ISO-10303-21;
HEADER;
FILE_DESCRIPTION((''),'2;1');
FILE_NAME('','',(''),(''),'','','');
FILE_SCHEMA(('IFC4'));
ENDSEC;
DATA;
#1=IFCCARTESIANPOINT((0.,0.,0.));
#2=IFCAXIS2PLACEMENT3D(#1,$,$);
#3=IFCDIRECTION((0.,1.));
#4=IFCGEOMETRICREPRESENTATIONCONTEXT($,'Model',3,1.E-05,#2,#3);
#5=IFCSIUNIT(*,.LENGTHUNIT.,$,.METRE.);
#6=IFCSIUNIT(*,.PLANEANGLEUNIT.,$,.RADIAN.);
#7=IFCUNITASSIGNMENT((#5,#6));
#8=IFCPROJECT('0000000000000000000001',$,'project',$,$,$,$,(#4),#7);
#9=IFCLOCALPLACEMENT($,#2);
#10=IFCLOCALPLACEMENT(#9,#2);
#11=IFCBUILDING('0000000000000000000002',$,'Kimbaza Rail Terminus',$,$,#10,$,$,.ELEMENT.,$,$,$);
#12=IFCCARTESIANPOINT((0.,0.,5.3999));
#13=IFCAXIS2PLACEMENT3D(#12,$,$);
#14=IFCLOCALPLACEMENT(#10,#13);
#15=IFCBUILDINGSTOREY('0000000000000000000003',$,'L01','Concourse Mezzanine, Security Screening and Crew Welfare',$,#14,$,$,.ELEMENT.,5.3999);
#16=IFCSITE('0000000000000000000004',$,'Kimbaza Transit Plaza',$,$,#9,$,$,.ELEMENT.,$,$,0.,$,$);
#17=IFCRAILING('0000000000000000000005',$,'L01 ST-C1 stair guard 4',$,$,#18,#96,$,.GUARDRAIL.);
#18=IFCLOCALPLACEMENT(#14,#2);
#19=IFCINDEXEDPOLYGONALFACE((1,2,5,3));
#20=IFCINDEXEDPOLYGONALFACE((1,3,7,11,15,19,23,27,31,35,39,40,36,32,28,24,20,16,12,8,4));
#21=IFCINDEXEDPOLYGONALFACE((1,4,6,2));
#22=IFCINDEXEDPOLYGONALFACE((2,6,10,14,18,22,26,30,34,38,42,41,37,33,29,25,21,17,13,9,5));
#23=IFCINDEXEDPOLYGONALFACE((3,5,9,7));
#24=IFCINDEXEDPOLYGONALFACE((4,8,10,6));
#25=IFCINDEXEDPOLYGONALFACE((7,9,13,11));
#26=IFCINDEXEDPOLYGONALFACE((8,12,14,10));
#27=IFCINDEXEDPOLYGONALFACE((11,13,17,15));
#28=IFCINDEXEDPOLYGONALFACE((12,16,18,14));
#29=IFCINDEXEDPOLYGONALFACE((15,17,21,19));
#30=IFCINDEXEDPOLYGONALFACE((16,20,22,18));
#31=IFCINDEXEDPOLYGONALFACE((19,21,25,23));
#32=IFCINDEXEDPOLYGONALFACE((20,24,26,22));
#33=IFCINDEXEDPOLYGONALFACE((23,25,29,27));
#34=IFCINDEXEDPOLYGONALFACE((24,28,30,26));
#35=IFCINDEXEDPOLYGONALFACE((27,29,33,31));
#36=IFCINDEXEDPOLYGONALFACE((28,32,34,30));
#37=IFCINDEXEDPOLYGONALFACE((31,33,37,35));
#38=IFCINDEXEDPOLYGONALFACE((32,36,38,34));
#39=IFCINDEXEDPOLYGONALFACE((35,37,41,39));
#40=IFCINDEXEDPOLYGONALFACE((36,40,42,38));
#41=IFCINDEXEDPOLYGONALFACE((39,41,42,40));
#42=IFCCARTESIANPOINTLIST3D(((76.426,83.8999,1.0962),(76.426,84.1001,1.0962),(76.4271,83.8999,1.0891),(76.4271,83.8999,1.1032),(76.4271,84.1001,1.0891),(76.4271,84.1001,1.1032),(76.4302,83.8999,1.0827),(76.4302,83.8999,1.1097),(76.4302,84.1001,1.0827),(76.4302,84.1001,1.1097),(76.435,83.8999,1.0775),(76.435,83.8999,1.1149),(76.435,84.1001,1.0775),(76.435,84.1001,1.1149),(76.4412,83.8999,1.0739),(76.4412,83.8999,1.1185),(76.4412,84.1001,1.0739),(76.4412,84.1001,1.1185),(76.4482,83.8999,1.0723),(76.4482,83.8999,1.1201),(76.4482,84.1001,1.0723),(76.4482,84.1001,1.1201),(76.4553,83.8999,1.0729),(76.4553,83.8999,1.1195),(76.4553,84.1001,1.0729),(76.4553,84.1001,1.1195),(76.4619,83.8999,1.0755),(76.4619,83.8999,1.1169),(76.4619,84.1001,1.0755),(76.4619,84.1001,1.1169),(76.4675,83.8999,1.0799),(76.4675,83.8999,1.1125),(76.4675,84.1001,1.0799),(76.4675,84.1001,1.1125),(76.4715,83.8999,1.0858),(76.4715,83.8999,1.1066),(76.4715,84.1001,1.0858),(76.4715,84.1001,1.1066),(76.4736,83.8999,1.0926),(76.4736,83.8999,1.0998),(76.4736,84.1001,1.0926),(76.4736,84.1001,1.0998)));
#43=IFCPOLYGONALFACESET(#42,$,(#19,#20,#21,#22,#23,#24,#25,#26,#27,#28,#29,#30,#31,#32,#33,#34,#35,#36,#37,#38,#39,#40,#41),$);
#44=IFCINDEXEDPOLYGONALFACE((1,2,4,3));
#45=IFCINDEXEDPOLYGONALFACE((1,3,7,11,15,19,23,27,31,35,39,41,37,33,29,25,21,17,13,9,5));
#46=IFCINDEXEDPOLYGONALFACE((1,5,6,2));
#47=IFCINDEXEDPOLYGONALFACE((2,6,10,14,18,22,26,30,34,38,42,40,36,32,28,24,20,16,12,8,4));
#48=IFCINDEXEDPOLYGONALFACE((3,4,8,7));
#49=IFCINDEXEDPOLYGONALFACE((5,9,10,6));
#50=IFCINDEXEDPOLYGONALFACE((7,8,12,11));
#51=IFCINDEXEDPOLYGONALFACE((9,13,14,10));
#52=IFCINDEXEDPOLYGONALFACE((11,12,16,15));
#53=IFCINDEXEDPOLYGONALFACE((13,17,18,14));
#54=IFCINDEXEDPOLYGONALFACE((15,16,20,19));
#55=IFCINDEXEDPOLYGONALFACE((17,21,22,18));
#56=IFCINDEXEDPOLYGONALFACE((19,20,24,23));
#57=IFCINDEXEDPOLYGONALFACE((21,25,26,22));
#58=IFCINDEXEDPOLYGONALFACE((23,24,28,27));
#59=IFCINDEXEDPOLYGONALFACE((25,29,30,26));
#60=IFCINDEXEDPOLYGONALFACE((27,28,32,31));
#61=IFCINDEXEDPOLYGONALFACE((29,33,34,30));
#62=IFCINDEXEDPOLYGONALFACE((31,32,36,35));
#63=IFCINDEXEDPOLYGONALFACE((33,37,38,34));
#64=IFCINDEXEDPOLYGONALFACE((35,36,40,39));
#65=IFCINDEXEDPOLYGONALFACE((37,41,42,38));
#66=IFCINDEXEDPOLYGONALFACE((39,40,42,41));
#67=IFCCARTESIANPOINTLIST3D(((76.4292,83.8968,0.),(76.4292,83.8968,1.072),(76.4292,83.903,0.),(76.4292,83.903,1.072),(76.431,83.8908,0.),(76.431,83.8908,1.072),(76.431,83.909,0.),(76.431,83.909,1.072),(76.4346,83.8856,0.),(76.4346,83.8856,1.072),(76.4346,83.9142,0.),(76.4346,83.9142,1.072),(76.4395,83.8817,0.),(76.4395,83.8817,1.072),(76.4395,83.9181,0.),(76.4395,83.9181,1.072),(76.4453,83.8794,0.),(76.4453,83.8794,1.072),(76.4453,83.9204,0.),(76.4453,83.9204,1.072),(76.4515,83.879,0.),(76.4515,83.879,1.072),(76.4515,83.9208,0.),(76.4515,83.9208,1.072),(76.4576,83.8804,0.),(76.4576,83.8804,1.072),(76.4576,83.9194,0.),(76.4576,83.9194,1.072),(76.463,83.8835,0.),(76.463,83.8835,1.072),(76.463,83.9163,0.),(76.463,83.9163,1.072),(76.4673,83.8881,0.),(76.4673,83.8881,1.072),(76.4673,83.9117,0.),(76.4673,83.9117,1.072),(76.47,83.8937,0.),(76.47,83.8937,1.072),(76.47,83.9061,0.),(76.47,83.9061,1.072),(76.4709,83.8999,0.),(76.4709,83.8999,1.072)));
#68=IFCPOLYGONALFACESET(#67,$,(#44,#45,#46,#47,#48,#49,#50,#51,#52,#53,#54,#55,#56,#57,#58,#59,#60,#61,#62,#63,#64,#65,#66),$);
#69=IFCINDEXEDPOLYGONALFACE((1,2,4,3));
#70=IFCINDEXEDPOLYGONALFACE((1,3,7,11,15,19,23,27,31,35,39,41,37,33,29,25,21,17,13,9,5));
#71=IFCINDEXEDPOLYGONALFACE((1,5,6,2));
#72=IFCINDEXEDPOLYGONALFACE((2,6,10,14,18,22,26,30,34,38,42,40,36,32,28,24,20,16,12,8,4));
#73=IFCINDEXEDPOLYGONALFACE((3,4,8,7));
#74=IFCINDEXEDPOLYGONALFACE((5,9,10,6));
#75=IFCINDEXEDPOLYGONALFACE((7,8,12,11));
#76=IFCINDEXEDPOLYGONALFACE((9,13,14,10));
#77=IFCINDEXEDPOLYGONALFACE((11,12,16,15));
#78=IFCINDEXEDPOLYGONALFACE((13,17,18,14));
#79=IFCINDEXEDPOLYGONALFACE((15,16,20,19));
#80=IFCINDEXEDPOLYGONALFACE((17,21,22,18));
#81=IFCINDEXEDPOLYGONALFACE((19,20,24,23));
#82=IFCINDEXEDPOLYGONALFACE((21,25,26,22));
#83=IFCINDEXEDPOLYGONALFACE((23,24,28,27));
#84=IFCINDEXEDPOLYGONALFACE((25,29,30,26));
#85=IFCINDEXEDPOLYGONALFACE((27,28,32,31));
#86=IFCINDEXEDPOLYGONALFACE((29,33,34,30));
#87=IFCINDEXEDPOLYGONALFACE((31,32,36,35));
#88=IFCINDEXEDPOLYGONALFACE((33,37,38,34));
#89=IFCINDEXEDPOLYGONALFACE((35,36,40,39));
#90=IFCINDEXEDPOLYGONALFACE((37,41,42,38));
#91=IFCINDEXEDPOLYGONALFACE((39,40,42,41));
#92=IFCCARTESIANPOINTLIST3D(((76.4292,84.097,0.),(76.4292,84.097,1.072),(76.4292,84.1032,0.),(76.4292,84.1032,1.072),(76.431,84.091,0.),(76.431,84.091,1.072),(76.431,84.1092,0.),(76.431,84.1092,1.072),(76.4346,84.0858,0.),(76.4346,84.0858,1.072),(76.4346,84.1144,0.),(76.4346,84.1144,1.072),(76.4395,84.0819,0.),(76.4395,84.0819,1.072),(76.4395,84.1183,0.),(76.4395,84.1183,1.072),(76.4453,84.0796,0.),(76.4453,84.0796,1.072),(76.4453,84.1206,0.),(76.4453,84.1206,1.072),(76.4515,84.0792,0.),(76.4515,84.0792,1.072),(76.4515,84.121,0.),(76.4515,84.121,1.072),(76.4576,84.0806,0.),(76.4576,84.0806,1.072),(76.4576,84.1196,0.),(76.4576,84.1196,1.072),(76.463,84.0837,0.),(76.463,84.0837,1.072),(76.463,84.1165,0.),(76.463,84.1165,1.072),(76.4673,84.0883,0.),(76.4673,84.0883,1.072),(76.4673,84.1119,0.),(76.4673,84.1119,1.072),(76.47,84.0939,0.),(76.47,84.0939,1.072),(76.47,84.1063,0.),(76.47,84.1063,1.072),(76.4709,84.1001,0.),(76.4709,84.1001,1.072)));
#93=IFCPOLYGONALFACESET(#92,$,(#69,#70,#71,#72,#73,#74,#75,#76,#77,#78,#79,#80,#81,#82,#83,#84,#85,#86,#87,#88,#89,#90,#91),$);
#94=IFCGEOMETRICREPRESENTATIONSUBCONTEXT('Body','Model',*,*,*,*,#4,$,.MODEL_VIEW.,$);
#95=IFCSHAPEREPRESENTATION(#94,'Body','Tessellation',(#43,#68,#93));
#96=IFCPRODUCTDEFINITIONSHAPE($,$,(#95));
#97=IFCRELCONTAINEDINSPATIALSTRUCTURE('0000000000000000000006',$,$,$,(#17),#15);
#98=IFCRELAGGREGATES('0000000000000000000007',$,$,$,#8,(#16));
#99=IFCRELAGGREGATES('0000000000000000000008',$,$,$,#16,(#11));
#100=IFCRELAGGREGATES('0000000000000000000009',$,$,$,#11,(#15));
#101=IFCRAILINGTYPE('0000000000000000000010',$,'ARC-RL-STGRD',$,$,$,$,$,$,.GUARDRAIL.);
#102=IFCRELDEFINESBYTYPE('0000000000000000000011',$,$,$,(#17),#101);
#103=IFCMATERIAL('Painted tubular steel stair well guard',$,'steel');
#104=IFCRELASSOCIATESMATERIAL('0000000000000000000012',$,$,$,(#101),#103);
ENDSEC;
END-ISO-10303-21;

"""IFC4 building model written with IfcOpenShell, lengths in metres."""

from ifc_helpers import new_model, si_unit, direction, frame, origin, origin_2d, place, context, subcontext, project, spatial, circle, extrude, material, type_object, element, save


model = new_model("IFC4")

# Units and contexts
model_context = context("Model", 3, precision=1e-05, world=origin(), true_north=direction((0.0, 1.0)))
body_context = subcontext(model_context, "Body", "Model", "MODEL_VIEW")
ifc_project = project(units=[si_unit("LENGTHUNIT", "METRE"), si_unit("PLANEANGLEUNIT", "RADIAN")], contexts=[model_context])

# Site, building, storey
site_placement = place(None, origin())
site = spatial("IfcSite", under=ifc_project, at=site_placement, Name="Kimbaza Transit Plaza", CompositionType="ELEMENT", RefElevation=0.0)
building_placement = place(site_placement, origin())
building = spatial("IfcBuilding", under=site, at=building_placement, Name="Kimbaza Rail Terminus", CompositionType="ELEMENT")
storey_placement = place(building_placement, frame((0.0, 0.0, 5.3999)))
storey = spatial("IfcBuildingStorey", under=building, at=storey_placement, Name="L01", Description="Concourse Mezzanine, Security Screening and Crew Welfare", CompositionType="ELEMENT", Elevation=5.3999)

# Railing
ifc_material_1 = material(Name="Painted tubular steel stair well guard", Category="steel")
railing_type_1 = type_object("IfcRailingType", Name="ARC-RL-STGRD", PredefinedType="GUARDRAIL", material=ifc_material_1)
railing_1_placement = place(storey_placement, frame((76.45, 83.8999, 0.0)))
element("IfcRailing", 1, at=railing_1_placement, inside=storey, type_object=railing_type_1, Name="L01 ST-C1 stair guard 4", PredefinedType="GUARDRAIL", context=body_context, shape_type="SweptSolid", body=[
    extrude(circle(Radius=0.0239, at=origin_2d()), frame((0.0, 0.0, 1.0962), z_axis=(0.0, 1.0, 0.0), x_axis=(-1.0, 0.0, 0.0)), (0.0, 0.0, 1.0), 0.2002),
    extrude(circle(Radius=0.021, at=origin_2d()), origin(), (0.0, 0.0, 1.0), 1.072),
    extrude(circle(Radius=0.021, at=origin_2d()), frame((0.0, 0.2002, 0.0)), (0.0, 0.0, 1.0), 1.072),
])

save(model, "model.ifc")
